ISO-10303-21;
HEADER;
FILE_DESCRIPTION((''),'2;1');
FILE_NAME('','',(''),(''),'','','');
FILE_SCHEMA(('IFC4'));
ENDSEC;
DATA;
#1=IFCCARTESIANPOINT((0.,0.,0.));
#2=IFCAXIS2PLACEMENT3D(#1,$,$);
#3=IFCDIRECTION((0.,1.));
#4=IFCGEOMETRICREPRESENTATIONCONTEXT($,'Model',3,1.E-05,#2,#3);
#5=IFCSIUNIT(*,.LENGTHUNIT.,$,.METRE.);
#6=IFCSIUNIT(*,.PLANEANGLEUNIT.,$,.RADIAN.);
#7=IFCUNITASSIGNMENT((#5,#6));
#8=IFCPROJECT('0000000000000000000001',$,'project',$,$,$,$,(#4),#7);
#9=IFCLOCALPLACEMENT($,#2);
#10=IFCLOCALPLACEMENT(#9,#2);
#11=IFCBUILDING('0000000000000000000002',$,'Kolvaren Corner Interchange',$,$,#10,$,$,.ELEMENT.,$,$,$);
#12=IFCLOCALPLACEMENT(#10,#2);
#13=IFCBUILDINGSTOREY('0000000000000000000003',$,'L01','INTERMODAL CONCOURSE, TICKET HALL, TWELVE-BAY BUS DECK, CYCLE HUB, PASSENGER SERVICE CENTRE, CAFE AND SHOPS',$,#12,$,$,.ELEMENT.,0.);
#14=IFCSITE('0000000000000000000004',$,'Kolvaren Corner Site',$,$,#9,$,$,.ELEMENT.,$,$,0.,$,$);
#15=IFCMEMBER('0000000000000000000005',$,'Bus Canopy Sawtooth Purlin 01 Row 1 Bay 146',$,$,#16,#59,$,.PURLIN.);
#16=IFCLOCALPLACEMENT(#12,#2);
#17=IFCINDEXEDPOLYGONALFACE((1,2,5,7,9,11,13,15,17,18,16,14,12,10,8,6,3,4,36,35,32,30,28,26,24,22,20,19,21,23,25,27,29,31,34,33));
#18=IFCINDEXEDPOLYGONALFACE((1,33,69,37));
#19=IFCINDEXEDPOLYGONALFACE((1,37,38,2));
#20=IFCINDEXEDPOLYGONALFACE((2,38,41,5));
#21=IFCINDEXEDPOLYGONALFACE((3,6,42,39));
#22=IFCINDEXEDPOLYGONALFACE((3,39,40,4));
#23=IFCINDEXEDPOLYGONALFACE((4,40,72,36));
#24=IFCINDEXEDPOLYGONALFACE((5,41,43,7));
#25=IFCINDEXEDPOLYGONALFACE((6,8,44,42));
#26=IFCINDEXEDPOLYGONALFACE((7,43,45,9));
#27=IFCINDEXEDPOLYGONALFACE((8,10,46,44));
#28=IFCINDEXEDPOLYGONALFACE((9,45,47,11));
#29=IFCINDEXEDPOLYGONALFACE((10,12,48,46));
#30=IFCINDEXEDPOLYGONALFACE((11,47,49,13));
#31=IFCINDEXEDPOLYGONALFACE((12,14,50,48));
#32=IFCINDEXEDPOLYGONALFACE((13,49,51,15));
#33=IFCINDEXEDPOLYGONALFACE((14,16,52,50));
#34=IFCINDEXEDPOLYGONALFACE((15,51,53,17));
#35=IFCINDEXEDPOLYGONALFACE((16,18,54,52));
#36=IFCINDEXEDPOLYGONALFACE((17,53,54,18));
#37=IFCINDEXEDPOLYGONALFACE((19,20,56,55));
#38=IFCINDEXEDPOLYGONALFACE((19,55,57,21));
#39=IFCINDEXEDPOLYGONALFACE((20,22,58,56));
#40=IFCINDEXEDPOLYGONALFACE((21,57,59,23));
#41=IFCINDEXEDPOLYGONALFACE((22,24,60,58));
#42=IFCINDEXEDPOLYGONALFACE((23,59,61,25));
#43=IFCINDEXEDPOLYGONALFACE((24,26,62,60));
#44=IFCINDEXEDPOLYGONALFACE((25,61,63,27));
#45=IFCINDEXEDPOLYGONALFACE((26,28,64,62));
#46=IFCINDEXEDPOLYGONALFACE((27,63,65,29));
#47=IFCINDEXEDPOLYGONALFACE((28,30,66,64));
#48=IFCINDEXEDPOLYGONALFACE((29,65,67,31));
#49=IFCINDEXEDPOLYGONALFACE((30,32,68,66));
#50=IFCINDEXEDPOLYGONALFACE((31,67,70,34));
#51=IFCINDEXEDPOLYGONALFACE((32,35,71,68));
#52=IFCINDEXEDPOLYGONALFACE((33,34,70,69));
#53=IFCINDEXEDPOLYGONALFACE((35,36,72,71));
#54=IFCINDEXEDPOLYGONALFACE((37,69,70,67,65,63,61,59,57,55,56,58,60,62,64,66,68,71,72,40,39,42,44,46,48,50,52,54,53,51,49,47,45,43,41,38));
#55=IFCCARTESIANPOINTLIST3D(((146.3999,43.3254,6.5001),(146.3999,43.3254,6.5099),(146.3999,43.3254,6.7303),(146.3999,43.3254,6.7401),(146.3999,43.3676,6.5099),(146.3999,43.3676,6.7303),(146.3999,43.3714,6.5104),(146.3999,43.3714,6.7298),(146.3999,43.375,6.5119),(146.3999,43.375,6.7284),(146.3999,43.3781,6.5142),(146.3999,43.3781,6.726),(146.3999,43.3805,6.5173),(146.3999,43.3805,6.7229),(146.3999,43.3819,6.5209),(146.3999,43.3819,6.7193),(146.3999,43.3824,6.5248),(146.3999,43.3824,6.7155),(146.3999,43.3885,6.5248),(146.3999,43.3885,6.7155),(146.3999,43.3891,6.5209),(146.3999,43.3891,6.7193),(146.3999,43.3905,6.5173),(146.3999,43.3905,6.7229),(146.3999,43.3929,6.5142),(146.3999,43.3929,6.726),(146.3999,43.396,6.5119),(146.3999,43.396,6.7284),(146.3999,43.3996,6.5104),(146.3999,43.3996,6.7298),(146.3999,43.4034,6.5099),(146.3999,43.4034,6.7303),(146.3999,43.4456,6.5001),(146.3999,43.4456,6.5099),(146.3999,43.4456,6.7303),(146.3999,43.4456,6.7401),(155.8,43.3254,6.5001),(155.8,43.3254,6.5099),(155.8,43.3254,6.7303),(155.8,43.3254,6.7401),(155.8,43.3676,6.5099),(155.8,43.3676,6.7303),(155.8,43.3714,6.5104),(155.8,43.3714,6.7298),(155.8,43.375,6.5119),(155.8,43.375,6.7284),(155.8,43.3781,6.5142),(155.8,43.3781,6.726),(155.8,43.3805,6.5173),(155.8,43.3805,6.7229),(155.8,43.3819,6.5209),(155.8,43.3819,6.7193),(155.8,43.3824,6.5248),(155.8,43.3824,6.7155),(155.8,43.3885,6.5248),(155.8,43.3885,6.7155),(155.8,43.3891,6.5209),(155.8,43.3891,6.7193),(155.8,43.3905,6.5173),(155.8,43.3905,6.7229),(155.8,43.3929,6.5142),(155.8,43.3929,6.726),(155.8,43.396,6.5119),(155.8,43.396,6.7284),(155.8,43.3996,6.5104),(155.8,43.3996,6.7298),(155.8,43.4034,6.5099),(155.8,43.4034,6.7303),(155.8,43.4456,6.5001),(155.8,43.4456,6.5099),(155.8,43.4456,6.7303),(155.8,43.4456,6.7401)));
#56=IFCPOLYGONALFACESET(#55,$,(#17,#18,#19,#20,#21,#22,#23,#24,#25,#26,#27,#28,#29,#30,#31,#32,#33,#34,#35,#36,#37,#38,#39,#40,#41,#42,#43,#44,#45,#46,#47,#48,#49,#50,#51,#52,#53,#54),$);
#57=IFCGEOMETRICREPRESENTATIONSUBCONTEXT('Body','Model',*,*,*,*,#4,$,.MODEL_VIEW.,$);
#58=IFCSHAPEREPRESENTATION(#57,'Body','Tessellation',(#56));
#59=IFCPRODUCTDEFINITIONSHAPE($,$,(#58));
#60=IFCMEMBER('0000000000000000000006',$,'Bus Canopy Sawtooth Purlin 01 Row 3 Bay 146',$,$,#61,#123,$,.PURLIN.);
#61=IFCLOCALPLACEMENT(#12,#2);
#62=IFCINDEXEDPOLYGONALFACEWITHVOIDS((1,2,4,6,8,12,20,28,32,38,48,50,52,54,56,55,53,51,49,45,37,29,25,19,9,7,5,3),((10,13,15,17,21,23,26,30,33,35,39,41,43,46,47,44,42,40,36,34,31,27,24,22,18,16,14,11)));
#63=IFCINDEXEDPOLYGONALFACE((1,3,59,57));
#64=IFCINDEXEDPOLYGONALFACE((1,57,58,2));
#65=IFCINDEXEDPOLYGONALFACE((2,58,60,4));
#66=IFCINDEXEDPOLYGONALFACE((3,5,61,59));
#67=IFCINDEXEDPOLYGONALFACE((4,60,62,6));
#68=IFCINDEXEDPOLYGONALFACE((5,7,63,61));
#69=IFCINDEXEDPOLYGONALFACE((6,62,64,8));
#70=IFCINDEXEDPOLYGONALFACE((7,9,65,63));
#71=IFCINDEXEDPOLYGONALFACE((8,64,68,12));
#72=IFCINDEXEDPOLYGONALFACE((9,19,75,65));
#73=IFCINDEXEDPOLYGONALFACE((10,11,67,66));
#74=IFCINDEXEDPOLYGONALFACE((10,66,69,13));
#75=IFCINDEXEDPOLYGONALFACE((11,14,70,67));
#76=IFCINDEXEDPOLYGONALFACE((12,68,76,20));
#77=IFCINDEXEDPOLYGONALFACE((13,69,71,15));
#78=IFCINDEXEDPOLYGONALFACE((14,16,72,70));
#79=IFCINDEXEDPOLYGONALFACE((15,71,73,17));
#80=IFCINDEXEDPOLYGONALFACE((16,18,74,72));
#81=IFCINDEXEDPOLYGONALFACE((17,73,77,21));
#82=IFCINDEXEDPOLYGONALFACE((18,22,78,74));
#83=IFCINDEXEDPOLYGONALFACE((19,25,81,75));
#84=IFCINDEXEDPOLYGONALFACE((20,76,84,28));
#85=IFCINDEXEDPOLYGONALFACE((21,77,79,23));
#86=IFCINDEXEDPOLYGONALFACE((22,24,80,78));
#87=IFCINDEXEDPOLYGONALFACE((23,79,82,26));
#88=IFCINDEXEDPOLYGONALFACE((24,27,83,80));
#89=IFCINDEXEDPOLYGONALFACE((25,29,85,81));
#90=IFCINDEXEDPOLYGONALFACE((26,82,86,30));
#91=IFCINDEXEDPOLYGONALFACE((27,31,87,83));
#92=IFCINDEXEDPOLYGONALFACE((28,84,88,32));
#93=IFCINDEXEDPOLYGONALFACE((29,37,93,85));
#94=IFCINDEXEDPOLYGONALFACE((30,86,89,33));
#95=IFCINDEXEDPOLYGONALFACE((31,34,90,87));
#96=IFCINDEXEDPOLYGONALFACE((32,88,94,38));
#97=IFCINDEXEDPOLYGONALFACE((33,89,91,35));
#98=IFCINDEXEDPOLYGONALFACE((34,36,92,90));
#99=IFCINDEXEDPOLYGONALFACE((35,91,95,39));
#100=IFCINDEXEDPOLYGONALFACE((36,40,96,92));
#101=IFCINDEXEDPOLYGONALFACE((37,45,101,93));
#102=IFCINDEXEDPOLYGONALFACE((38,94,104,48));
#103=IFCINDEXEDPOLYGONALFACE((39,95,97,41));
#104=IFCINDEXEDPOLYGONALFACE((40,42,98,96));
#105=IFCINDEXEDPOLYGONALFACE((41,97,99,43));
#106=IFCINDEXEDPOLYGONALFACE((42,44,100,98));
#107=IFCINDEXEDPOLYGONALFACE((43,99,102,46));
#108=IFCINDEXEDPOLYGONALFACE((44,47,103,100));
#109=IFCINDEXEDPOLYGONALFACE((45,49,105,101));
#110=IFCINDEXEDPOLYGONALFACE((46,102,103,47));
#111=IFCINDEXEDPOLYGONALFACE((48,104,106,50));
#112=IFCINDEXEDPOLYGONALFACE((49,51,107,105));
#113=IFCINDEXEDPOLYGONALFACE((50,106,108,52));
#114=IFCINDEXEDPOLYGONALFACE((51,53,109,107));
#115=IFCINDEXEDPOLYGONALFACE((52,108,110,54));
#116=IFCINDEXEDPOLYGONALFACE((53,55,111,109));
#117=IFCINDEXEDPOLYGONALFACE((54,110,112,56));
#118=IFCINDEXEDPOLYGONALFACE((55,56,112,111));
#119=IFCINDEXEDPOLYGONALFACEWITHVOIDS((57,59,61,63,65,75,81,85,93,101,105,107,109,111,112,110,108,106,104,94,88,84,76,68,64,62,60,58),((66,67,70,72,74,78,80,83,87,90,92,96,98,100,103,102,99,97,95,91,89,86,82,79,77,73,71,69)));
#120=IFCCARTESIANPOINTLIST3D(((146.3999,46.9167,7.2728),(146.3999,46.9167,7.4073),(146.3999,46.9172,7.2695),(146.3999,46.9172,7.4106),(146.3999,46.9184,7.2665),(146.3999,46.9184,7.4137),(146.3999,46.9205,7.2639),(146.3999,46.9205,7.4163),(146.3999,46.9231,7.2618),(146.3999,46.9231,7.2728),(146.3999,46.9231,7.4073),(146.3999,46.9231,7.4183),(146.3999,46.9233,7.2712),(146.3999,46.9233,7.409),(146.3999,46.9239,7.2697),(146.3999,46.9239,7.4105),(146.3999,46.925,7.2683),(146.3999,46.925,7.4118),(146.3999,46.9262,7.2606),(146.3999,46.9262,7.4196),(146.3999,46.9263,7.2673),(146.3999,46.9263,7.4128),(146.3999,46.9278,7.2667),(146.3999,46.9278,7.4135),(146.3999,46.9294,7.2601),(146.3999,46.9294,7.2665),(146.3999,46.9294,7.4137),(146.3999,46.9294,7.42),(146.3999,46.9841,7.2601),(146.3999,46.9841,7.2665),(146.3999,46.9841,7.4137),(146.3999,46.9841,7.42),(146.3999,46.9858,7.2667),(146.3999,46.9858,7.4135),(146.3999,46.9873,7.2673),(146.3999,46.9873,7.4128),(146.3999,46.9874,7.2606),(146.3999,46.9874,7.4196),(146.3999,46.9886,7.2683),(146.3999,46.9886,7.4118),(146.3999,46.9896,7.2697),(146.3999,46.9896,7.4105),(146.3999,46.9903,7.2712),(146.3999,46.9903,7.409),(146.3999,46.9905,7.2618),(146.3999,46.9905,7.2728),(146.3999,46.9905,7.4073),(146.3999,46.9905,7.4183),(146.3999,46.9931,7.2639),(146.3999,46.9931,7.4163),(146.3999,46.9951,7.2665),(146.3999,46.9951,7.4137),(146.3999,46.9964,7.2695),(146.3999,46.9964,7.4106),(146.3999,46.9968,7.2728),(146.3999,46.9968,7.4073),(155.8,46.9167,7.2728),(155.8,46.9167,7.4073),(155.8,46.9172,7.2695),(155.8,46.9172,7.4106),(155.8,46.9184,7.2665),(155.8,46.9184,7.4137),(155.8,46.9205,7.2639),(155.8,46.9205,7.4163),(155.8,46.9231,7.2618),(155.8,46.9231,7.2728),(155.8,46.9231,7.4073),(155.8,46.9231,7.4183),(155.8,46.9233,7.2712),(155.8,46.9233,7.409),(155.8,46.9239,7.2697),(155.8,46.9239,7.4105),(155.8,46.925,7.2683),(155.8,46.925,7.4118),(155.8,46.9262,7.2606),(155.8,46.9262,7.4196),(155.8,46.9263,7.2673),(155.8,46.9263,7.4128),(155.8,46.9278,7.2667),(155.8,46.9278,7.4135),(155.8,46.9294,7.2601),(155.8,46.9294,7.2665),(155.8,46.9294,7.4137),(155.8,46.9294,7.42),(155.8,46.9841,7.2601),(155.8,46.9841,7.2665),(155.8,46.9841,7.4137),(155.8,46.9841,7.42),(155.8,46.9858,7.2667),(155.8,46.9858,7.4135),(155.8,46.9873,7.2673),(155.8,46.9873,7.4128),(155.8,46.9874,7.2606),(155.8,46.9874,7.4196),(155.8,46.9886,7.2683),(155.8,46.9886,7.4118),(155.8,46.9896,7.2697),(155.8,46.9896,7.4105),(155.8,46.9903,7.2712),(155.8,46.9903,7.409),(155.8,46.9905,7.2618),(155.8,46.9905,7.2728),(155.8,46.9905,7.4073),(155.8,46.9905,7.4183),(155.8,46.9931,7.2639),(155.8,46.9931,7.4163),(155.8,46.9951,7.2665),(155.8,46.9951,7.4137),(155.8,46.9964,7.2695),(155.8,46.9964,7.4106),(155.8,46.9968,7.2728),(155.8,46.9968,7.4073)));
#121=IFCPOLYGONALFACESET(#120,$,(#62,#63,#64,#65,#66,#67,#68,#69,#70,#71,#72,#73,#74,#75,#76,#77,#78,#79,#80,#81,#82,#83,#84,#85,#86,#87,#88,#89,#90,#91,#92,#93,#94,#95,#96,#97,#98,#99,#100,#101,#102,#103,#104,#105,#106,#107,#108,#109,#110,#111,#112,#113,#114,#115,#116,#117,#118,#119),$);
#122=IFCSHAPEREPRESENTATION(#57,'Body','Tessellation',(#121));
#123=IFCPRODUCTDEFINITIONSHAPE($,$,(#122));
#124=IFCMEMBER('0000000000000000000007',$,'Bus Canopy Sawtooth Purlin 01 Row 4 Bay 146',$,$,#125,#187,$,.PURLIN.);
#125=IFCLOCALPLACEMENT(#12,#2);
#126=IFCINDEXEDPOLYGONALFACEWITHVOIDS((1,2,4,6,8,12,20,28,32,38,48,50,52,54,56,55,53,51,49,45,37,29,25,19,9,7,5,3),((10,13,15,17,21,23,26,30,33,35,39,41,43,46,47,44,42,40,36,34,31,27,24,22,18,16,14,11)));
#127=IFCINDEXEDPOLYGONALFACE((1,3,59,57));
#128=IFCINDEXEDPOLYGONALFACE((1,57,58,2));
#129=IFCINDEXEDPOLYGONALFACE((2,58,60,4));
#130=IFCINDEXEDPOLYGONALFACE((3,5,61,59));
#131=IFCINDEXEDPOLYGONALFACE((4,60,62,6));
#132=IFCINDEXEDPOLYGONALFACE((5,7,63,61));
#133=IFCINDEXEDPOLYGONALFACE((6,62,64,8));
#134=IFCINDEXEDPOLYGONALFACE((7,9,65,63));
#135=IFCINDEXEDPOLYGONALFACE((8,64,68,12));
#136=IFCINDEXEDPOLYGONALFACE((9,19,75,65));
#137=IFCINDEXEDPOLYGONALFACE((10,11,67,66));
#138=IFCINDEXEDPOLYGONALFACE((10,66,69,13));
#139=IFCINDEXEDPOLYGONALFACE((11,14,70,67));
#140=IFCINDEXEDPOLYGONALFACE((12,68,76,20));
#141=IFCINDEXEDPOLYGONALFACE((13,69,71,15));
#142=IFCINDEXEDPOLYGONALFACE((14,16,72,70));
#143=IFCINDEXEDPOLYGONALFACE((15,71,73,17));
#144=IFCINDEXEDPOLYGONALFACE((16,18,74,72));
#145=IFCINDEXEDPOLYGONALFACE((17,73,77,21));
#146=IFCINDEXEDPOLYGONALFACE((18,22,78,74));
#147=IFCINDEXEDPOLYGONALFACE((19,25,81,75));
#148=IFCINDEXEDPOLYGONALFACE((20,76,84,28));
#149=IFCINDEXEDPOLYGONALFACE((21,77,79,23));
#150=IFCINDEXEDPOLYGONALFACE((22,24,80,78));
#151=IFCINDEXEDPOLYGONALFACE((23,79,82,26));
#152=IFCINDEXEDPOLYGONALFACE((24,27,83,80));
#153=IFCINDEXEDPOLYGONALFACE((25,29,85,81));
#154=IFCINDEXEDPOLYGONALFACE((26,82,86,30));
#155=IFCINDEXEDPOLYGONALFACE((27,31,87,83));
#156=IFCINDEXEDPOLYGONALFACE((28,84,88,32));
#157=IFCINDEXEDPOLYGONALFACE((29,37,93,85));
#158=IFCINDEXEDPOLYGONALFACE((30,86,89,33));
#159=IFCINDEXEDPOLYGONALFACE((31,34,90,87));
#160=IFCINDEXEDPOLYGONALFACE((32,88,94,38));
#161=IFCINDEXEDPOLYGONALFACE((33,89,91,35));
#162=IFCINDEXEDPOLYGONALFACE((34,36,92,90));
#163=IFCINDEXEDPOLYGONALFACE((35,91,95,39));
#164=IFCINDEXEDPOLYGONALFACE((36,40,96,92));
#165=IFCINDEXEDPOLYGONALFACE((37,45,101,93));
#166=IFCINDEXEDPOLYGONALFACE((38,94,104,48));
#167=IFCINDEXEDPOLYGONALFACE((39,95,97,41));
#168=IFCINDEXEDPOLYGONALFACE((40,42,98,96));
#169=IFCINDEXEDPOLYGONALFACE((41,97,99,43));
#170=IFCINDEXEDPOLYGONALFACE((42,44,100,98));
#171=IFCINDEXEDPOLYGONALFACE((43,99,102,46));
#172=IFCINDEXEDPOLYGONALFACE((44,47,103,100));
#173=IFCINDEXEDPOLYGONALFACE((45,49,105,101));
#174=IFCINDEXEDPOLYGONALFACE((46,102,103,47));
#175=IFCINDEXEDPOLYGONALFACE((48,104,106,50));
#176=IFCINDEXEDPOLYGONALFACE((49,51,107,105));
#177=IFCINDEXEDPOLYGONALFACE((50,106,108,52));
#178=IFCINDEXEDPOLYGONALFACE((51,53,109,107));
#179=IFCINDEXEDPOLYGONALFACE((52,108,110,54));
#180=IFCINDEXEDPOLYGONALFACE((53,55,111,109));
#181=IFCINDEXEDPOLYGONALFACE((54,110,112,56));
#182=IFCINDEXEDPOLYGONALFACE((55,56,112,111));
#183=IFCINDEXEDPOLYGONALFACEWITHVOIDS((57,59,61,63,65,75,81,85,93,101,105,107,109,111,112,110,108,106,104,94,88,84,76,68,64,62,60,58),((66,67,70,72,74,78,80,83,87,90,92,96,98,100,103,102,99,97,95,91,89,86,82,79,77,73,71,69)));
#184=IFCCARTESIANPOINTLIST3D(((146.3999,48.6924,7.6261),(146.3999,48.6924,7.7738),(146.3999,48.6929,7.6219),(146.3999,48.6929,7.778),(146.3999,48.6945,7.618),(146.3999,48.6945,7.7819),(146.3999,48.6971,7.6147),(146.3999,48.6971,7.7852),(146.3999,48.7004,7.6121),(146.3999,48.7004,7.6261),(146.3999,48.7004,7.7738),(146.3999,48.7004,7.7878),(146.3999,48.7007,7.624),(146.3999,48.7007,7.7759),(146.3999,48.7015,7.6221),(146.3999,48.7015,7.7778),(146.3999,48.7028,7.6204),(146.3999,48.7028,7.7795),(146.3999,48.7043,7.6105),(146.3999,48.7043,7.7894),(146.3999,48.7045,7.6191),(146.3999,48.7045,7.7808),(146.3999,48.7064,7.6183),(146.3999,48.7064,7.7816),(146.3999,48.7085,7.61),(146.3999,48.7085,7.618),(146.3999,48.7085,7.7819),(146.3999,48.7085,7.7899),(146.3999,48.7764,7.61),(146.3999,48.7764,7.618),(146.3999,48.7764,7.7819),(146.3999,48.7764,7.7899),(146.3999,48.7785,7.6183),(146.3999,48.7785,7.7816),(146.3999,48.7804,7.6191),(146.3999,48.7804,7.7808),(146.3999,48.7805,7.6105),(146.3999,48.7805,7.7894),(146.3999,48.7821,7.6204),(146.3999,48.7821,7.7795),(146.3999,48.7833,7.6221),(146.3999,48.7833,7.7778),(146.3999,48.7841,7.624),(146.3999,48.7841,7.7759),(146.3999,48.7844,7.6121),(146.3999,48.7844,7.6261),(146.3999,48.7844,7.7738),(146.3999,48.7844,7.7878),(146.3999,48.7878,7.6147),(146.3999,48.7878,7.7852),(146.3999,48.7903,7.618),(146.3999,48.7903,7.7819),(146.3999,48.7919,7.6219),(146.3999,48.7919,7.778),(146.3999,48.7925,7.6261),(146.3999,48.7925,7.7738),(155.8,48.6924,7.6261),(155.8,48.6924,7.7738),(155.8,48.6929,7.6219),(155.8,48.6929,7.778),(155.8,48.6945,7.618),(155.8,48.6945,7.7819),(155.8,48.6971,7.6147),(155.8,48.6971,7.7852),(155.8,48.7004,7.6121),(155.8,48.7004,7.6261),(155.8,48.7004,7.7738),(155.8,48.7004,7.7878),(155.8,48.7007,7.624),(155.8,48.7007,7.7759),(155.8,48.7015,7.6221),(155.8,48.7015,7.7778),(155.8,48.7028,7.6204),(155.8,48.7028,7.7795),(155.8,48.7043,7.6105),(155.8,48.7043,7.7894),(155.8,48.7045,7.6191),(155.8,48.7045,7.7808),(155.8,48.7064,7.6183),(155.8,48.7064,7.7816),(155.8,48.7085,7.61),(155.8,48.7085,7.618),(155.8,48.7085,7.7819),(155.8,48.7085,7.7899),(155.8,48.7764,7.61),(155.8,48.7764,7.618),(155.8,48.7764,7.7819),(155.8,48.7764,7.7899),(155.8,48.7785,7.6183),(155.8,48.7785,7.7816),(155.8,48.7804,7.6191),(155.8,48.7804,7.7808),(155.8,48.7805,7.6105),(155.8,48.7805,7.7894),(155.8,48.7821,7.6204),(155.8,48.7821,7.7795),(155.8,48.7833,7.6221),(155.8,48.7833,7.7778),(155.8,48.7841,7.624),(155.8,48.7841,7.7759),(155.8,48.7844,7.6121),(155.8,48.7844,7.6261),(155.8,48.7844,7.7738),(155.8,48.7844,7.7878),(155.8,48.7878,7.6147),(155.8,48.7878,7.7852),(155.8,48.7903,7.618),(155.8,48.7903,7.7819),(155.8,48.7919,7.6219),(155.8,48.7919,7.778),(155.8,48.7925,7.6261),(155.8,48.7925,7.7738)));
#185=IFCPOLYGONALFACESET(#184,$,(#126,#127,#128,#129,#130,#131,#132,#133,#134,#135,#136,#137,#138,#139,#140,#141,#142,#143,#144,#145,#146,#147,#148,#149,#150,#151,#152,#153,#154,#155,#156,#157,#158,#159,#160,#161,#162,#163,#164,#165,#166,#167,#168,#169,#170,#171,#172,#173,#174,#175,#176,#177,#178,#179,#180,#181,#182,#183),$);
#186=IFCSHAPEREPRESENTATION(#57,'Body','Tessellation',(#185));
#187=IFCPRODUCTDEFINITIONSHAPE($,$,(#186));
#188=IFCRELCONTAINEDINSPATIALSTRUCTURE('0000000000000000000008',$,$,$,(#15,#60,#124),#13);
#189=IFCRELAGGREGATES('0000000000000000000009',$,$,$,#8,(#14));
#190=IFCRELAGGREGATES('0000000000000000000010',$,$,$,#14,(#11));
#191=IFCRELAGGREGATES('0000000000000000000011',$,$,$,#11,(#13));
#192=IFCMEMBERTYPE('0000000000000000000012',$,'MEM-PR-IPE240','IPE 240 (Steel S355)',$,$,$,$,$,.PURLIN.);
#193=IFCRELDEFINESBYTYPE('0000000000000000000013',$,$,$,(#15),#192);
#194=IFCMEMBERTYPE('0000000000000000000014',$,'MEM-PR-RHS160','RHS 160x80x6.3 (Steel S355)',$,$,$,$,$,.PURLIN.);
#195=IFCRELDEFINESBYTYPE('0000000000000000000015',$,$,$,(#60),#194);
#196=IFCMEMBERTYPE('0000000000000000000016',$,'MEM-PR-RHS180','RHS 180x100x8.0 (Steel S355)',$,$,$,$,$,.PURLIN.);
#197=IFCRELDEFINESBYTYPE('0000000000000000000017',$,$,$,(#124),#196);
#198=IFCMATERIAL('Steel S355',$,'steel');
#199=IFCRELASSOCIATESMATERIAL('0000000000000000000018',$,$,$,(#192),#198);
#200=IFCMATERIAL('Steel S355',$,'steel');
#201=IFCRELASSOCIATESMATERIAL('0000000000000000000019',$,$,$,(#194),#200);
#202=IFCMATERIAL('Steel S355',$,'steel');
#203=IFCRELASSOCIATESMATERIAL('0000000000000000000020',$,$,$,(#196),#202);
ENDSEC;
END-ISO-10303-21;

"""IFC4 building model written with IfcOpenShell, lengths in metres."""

from ifc_helpers import new_model, si_unit, direction, frame, origin, origin_2d, place, context, subcontext, project, spatial, hollow_rectangle, i_section, extrude, material, material_profile, profile_set, type_object, element, save


model = new_model("IFC4")

# Units and contexts
model_context = context("Model", 3, precision=1e-05, world=origin(), true_north=direction((0.0, 1.0)))
body_context = subcontext(model_context, "Body", "Model", "MODEL_VIEW")
ifc_project = project(units=[si_unit("LENGTHUNIT", "METRE"), si_unit("PLANEANGLEUNIT", "RADIAN")], contexts=[model_context])

# Site, building, storey
site_placement = place(None, origin())
site = spatial("IfcSite", under=ifc_project, at=site_placement, Name="Kolvaren Corner Site", CompositionType="ELEMENT", RefElevation=0.0)
building_placement = place(site_placement, origin())
building = spatial("IfcBuilding", under=site, at=building_placement, Name="Kolvaren Corner Interchange", CompositionType="ELEMENT")
storey_placement = place(building_placement, origin())
storey = spatial("IfcBuildingStorey", under=building, at=storey_placement, Name="L01", Description="INTERMODAL CONCOURSE, TICKET HALL, TWELVE-BAY BUS DECK, CYCLE HUB, PASSENGER SERVICE CENTRE, CAFE AND SHOPS", CompositionType="ELEMENT", Elevation=0.0)

# Members
ifc_material_1 = material(Name="Steel S355", Category="steel")
ifc_material_profile_1 = material_profile(ifc_material_1, i_section(OverallWidth=0.1201, OverallDepth=0.24, WebThickness=0.0061, FlangeThickness=0.0098, FilletRadius=0.0149, at=origin_2d()), Name="IPE 240")
ifc_profile_set_1 = profile_set([ifc_material_profile_1], Name="Steel S355")
member_type_1 = type_object("IfcMemberType", Name="MEM-PR-IPE240", Description="IPE 240 (Steel S355)", PredefinedType="PURLIN", material=ifc_profile_set_1)
member_1_placement = place(storey_placement, frame((146.3999, 43.3855, 6.6201), z_axis=(1.0, 0.0, 0.0), x_axis=(0.0, 1.0, 0.0)))
element("IfcMember", 1, at=member_1_placement, inside=storey, type_object=member_type_1, Name="Bus Canopy Sawtooth Purlin 01 Row 1 Bay 146", PredefinedType="PURLIN", context=body_context, shape_type="SweptSolid", body=[
    extrude(i_section(OverallWidth=0.1201, OverallDepth=0.24, WebThickness=0.0061, FlangeThickness=0.0098, FilletRadius=0.0149, at=origin_2d()), origin(), (0.0, 0.0, 1.0), 9.4001),
])
ifc_material_2 = material(Name="Steel S355", Category="steel")
ifc_material_profile_2 = material_profile(ifc_material_2, hollow_rectangle(XDim=0.0801, YDim=0.1599, WallThickness=0.0063, InnerFilletRadius=0.0063, OuterFilletRadius=0.0127, at=origin_2d()), Name="RHS 160x80x6.3")
ifc_profile_set_2 = profile_set([ifc_material_profile_2], Name="Steel S355")
member_type_2 = type_object("IfcMemberType", Name="MEM-PR-RHS160", Description="RHS 160x80x6.3 (Steel S355)", PredefinedType="PURLIN", material=ifc_profile_set_2)
member_2_placement = place(storey_placement, frame((146.3999, 46.9568, 7.3401), z_axis=(1.0, 0.0, 0.0), x_axis=(0.0, 1.0, 0.0)))
element("IfcMember", 2, at=member_2_placement, inside=storey, type_object=member_type_2, Name="Bus Canopy Sawtooth Purlin 01 Row 3 Bay 146", PredefinedType="PURLIN", context=body_context, shape_type="SweptSolid", body=[
    extrude(hollow_rectangle(XDim=0.0801, YDim=0.1599, WallThickness=0.0063, InnerFilletRadius=0.0063, OuterFilletRadius=0.0127, at=origin_2d()), origin(), (0.0, 0.0, 1.0), 9.4001),
])
ifc_material_3 = material(Name="Steel S355", Category="steel")
ifc_material_profile_3 = material_profile(ifc_material_3, hollow_rectangle(XDim=0.1001, YDim=0.1799, WallThickness=0.0081, InnerFilletRadius=0.0081, OuterFilletRadius=0.0161, at=origin_2d()), Name="RHS 180x100x8.0")
ifc_profile_set_3 = profile_set([ifc_material_profile_3], Name="Steel S355")
member_type_3 = type_object("IfcMemberType", Name="MEM-PR-RHS180", Description="RHS 180x100x8.0 (Steel S355)", PredefinedType="PURLIN", material=ifc_profile_set_3)
member_3_placement = place(storey_placement, frame((146.3999, 48.7424, 7.7), z_axis=(1.0, 0.0, 0.0), x_axis=(0.0, 1.0, 0.0)))
element("IfcMember", 3, at=member_3_placement, inside=storey, type_object=member_type_3, Name="Bus Canopy Sawtooth Purlin 01 Row 4 Bay 146", PredefinedType="PURLIN", context=body_context, shape_type="SweptSolid", body=[
    extrude(hollow_rectangle(XDim=0.1001, YDim=0.1799, WallThickness=0.0081, InnerFilletRadius=0.0081, OuterFilletRadius=0.0161, at=origin_2d()), origin(), (0.0, 0.0, 1.0), 9.4001),
])

save(model, "model.ifc")
